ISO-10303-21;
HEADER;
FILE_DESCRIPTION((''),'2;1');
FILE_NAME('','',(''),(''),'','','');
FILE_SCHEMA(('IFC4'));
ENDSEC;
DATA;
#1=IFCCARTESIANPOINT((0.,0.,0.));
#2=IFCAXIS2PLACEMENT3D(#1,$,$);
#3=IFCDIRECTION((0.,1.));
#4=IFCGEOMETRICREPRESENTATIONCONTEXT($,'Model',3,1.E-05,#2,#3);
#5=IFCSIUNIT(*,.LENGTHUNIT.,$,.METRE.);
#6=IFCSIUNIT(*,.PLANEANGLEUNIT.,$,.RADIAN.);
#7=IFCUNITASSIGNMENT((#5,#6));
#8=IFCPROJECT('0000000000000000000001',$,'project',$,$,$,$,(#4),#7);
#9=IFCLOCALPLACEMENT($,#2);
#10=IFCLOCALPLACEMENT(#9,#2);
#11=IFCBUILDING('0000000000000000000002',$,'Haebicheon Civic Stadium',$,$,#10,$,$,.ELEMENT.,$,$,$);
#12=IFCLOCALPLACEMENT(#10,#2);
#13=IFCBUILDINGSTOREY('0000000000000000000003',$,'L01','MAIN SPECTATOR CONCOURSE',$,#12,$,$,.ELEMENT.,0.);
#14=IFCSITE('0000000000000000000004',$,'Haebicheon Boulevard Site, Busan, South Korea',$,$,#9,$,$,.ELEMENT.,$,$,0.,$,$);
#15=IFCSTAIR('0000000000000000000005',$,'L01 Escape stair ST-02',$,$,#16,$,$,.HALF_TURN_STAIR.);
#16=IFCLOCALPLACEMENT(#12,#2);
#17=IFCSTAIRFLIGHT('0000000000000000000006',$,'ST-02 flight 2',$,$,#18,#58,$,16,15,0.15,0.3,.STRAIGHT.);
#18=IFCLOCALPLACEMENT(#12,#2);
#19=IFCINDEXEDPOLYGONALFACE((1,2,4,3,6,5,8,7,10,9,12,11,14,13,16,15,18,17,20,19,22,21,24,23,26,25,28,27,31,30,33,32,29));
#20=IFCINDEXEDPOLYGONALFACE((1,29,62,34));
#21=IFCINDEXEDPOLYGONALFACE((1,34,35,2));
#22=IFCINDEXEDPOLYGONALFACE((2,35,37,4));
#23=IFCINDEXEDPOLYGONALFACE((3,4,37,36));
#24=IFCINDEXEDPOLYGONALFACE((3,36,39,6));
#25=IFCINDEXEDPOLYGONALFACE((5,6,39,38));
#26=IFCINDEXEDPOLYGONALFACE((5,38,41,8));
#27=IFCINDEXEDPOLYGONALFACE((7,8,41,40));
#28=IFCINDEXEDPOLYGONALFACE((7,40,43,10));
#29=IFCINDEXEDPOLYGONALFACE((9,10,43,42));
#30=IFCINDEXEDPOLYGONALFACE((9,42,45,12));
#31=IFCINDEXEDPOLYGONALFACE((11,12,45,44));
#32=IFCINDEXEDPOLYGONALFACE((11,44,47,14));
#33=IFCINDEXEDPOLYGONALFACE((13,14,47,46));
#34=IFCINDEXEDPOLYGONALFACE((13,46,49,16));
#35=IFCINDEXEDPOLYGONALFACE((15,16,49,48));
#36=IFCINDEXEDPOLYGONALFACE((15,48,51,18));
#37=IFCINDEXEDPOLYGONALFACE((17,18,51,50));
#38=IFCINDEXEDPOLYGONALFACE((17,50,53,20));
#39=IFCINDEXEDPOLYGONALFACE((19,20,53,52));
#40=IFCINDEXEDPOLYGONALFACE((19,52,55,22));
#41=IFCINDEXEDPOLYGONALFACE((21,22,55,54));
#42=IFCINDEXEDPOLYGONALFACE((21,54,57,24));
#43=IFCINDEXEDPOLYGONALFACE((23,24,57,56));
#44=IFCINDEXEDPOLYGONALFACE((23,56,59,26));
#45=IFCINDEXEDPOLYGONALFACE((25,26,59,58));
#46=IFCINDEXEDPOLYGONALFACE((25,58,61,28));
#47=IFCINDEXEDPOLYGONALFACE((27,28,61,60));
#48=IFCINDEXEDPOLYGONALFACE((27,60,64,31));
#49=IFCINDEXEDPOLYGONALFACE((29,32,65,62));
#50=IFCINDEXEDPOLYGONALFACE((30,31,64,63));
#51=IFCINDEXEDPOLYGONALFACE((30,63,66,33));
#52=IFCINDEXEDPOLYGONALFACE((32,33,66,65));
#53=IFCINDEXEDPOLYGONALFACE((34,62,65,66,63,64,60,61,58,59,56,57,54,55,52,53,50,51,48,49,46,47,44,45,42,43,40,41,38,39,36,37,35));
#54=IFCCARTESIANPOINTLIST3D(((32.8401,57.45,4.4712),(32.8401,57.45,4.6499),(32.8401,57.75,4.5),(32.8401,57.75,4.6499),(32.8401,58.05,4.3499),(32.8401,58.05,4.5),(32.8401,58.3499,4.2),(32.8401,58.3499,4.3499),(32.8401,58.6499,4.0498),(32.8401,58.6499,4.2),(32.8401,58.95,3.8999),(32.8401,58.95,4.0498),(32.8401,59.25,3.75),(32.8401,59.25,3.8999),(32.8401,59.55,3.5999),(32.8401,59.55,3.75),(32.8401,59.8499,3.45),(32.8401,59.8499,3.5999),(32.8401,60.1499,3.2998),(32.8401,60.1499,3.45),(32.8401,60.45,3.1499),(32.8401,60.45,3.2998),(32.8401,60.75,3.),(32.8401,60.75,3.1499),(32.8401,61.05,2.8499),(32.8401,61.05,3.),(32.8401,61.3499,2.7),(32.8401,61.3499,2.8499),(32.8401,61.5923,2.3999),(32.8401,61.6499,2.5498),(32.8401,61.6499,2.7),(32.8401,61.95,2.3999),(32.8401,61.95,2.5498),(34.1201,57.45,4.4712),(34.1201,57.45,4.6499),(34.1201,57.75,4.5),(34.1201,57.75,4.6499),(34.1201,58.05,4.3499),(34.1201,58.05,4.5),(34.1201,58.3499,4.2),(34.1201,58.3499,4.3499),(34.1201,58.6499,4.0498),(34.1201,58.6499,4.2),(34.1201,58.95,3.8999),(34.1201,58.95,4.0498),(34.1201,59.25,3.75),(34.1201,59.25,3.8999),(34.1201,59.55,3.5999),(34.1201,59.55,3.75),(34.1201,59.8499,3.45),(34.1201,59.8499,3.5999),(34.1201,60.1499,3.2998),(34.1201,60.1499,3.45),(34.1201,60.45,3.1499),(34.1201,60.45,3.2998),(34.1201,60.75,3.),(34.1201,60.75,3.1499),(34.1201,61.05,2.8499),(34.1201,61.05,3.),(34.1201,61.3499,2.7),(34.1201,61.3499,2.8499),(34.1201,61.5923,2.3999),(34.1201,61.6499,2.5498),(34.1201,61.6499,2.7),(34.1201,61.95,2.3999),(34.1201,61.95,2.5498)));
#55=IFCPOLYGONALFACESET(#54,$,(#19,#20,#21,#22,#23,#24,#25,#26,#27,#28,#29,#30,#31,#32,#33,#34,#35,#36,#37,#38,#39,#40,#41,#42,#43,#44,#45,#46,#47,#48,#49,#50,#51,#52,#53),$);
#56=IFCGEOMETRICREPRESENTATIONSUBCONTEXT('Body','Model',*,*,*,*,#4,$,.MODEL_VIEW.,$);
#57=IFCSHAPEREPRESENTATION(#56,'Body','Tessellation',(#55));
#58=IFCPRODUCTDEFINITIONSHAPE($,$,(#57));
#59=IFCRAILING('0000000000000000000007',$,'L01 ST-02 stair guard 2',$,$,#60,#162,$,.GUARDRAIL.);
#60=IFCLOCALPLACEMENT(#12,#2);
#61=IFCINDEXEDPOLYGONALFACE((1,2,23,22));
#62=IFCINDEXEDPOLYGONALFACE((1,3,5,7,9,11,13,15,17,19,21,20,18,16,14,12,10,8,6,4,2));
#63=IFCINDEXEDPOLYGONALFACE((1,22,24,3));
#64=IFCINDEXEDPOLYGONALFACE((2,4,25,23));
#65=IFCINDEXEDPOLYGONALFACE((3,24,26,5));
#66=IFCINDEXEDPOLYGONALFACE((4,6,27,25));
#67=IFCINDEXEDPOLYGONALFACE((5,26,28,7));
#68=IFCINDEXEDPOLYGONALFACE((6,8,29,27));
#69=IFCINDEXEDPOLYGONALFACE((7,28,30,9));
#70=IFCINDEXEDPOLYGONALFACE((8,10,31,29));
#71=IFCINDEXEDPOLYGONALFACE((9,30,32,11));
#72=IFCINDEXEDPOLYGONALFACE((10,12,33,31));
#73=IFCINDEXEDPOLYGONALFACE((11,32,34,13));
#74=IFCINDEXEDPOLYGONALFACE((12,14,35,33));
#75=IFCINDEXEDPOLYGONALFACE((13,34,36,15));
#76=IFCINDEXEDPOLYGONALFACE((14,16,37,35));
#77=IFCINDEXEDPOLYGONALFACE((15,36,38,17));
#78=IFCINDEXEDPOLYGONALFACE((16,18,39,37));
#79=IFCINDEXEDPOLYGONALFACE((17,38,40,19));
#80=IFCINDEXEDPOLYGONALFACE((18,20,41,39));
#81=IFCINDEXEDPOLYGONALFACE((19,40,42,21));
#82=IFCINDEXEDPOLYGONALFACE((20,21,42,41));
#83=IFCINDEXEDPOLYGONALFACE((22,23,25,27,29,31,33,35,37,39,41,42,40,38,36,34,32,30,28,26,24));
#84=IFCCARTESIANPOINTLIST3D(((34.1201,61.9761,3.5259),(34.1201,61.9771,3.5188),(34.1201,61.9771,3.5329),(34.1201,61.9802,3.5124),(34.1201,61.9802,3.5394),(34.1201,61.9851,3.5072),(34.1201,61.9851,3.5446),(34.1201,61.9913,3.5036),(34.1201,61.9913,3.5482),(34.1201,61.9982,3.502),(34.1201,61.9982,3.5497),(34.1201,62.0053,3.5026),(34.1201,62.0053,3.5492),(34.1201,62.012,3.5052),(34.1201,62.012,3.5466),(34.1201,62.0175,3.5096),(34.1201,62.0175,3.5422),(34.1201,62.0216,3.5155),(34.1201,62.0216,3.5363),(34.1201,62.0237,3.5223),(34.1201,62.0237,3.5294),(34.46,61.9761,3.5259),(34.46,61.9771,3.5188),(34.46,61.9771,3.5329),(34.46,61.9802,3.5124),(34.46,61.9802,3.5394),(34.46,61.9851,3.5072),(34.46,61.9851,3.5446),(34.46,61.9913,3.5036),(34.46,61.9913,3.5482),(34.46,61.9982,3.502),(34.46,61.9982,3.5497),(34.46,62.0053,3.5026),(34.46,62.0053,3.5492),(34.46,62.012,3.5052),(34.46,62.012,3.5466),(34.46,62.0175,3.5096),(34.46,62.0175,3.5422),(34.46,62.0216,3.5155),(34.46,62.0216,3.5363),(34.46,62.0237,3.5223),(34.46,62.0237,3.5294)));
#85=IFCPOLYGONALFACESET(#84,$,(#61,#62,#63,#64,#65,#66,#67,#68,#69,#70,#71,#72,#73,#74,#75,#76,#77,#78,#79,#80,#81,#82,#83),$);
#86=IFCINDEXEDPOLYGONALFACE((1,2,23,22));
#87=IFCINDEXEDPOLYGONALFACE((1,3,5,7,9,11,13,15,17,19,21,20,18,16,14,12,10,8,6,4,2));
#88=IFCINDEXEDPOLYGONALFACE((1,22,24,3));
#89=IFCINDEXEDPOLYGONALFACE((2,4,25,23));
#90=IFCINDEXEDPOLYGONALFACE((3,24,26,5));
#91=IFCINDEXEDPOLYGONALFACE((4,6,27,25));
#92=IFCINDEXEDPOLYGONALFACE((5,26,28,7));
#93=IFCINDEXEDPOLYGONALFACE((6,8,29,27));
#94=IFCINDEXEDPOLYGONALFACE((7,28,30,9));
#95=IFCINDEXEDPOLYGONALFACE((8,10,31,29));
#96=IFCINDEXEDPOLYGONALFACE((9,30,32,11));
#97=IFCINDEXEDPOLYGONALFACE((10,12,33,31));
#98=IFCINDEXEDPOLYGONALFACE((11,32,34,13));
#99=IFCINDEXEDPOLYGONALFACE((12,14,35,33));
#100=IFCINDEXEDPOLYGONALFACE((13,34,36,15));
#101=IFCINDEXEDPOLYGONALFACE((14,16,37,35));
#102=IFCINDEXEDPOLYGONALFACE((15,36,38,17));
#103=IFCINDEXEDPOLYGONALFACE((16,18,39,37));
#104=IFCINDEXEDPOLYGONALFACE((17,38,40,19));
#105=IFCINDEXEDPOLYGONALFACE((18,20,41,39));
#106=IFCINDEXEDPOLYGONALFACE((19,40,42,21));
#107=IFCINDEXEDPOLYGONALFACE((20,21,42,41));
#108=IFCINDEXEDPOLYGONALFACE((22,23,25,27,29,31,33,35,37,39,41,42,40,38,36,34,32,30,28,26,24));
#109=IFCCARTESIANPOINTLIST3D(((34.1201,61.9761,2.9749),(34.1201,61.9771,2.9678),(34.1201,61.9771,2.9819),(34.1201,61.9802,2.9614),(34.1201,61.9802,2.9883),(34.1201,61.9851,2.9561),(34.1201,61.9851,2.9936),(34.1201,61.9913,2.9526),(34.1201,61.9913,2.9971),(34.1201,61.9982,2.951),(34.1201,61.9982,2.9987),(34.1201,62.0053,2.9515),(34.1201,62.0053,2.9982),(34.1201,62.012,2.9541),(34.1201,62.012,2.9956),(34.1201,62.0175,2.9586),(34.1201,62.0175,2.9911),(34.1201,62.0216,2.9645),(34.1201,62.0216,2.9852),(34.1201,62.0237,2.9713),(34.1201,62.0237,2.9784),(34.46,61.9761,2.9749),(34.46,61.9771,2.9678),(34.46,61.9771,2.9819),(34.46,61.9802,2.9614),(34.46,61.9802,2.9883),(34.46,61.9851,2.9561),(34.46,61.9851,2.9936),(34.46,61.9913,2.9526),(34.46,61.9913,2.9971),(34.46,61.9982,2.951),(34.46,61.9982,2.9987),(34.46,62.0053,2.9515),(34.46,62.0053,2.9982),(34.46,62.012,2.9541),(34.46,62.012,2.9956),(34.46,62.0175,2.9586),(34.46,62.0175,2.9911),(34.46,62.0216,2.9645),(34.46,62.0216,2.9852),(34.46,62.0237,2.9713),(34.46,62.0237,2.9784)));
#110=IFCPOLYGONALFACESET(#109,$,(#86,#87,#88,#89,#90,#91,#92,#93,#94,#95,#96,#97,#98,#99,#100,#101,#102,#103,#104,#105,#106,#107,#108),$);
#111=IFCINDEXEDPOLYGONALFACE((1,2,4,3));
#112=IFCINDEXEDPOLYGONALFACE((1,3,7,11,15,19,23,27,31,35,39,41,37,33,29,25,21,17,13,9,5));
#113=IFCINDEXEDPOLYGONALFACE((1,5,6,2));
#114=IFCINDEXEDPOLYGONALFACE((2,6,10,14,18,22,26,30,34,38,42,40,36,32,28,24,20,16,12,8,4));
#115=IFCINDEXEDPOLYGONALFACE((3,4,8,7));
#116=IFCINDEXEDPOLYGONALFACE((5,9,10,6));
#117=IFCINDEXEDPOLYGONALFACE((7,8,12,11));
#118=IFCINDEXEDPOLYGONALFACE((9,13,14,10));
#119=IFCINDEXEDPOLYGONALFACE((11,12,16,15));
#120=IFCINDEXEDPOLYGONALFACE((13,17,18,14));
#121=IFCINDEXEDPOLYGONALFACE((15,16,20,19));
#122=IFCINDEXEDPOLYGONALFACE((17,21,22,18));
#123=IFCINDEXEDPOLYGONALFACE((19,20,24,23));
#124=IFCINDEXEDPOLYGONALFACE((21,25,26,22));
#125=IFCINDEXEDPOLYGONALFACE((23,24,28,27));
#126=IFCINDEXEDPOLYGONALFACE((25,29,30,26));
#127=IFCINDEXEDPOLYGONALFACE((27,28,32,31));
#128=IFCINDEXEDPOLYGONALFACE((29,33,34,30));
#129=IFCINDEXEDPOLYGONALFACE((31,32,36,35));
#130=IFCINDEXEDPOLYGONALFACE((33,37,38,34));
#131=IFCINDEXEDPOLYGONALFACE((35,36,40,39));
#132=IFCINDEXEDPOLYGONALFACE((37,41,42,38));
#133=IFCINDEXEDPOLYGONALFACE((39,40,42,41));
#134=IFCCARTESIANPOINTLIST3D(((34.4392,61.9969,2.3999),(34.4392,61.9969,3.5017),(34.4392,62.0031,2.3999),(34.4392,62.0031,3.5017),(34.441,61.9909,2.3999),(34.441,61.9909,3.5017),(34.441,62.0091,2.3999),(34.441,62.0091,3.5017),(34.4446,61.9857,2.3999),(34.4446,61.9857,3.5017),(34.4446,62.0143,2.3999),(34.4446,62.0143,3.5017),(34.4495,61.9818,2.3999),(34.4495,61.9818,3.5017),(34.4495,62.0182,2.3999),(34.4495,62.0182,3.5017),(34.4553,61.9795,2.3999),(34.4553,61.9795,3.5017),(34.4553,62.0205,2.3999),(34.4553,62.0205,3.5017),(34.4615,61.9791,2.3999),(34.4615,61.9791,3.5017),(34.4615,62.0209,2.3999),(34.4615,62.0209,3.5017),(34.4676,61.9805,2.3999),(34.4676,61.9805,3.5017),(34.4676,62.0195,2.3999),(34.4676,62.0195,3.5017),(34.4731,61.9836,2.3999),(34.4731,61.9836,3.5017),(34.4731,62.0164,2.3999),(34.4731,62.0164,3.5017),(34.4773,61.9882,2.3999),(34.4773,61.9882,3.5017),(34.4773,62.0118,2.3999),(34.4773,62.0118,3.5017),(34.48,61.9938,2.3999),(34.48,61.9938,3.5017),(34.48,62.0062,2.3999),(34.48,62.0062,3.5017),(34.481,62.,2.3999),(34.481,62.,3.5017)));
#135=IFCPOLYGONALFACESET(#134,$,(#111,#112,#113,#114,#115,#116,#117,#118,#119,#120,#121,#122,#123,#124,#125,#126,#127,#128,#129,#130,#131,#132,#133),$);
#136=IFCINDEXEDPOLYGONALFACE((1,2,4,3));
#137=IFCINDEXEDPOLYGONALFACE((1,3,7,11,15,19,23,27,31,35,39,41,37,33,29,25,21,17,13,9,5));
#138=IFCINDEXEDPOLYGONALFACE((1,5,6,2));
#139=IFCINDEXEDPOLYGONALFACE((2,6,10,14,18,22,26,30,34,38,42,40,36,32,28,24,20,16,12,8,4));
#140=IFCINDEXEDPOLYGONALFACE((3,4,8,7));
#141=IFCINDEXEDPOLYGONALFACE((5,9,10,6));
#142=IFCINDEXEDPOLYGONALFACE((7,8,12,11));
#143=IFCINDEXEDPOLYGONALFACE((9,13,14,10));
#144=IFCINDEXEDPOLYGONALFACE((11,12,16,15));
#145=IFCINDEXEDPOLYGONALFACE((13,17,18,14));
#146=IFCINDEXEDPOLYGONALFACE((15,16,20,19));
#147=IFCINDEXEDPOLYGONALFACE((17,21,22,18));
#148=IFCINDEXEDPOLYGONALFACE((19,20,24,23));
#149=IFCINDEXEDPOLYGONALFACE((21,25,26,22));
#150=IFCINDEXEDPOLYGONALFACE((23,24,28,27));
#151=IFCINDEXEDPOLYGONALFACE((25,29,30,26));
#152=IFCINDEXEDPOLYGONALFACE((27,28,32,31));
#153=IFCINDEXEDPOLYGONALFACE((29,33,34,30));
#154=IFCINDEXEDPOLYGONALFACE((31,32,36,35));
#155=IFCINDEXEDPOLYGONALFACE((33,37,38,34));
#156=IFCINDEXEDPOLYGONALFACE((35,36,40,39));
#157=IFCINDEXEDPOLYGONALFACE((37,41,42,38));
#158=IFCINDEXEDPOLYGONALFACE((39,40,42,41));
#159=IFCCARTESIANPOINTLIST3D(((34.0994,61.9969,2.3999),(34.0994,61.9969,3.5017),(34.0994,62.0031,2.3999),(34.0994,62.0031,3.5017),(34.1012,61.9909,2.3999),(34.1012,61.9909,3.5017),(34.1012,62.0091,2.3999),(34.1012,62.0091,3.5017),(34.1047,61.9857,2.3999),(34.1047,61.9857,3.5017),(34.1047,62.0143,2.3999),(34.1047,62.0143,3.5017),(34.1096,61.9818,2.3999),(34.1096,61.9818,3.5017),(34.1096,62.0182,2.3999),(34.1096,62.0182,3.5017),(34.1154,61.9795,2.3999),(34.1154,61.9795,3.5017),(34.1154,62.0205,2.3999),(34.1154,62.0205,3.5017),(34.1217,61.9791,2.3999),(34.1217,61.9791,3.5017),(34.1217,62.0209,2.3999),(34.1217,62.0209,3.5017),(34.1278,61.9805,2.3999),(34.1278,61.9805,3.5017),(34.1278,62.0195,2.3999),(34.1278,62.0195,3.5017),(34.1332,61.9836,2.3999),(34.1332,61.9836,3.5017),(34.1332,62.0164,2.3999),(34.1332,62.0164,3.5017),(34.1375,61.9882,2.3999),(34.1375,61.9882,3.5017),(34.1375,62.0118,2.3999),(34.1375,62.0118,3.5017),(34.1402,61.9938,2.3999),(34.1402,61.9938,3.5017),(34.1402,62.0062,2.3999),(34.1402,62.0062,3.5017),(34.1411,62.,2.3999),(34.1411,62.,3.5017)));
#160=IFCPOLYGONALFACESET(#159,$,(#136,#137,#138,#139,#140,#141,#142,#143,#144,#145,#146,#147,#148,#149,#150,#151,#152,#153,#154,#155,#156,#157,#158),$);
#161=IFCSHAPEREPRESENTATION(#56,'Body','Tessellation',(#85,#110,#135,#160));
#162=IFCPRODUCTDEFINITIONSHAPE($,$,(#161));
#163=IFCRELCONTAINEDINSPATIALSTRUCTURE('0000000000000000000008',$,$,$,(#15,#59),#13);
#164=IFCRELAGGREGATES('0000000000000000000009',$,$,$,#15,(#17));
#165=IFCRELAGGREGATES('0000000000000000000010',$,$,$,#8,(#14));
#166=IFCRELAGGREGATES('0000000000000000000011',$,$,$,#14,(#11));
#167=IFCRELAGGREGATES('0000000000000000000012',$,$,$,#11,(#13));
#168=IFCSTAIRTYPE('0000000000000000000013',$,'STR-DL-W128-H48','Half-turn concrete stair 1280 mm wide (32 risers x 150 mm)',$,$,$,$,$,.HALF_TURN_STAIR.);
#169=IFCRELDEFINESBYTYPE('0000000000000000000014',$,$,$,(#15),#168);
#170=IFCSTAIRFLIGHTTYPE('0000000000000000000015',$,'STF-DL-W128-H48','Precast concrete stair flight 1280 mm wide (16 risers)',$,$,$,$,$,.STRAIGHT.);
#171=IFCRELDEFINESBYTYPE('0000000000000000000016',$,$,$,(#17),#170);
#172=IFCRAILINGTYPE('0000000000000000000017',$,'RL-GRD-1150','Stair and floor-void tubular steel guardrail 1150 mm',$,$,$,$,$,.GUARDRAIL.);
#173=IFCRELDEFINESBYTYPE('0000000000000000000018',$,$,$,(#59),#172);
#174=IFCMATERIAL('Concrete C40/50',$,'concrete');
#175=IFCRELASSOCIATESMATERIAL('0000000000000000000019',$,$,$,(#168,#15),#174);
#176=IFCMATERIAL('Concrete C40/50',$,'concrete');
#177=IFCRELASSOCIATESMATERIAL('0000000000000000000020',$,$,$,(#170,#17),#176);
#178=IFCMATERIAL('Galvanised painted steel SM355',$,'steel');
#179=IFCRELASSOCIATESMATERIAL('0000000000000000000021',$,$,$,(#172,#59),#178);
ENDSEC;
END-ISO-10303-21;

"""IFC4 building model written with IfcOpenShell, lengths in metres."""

from ifc_helpers import new_model, si_unit, direction, frame, origin, origin_2d, place, context, subcontext, project, spatial, polyline, circle, outline, extrude, material, type_object, element, aggregate, save


model = new_model("IFC4")

# Units and contexts
model_context = context("Model", 3, precision=1e-05, world=origin(), true_north=direction((0.0, 1.0)))
body_context = subcontext(model_context, "Body", "Model", "MODEL_VIEW")
ifc_project = project(units=[si_unit("LENGTHUNIT", "METRE"), si_unit("PLANEANGLEUNIT", "RADIAN")], contexts=[model_context])

# Site, building, storey
site_placement = place(None, origin())
site = spatial("IfcSite", under=ifc_project, at=site_placement, Name="Haebicheon Boulevard Site, Busan, South Korea", CompositionType="ELEMENT", RefElevation=0.0)
building_placement = place(site_placement, origin())
building = spatial("IfcBuilding", under=site, at=building_placement, Name="Haebicheon Civic Stadium", CompositionType="ELEMENT")
storey_placement = place(building_placement, origin())
storey = spatial("IfcBuildingStorey", under=building, at=storey_placement, Name="L01", Description="MAIN SPECTATOR CONCOURSE", CompositionType="ELEMENT", Elevation=0.0)

# Stair, stair flight
ifc_material_1 = material(Name="Concrete C40/50", Category="concrete")
stair_type = type_object("IfcStairType", Name="STR-DL-W128-H48", Description="Half-turn concrete stair 1280 mm wide (32 risers x 150 mm)", PredefinedType="HALF_TURN_STAIR", material=ifc_material_1)
stair_placement = place(storey_placement, origin())
stair = element("IfcStair", 1, at=stair_placement, inside=storey, type_object=stair_type, material=ifc_material_1, Name="L01 Escape stair ST-02", PredefinedType="HALF_TURN_STAIR")
ifc_material_2 = material(Name="Concrete C40/50", Category="concrete")
stair_flight_type = type_object("IfcStairFlightType", Name="STF-DL-W128-H48", Description="Precast concrete stair flight 1280 mm wide (16 risers)", PredefinedType="STRAIGHT", material=ifc_material_2)
stair_flight_placement = place(storey_placement, frame((33.48, 61.95, 2.3999), z_axis=(0.0, 0.0, 1.0), x_axis=(0.0, -1.0, 0.0)))
stair_flight = element("IfcStairFlight", 2, at=stair_flight_placement, type_object=stair_flight_type, material=ifc_material_2, Name="ST-02 flight 2", NumberOfRisers=16, NumberOfTreads=15, PredefinedType="STRAIGHT", RiserHeight=0.15, TreadLength=0.3, context=body_context, shape_type="SweptSolid", body=[
    extrude(outline(polyline([(0.0, 0.0), (0.0, 0.1499), (0.3, 0.1499), (0.3, 0.3), (0.6001, 0.3), (0.6001, 0.45), (0.8999, 0.45), (0.8999, 0.6001), (1.2, 0.6001), (1.2, 0.75), (1.5, 0.75), (1.5, 0.8999), (1.8, 0.8999), (1.8, 1.05), (2.1001, 1.05), (2.1001, 1.2), (2.3999, 1.2), (2.3999, 1.3501), (2.7, 1.3501), (2.7, 1.5), (3.0, 1.5), (3.0, 1.6499), (3.3, 1.6499), (3.3, 1.8), (3.6001, 1.8), (3.6001, 1.95), (3.8999, 1.95), (3.8999, 2.1001), (4.2, 2.1001), (4.2, 2.25), (4.5, 2.25), (4.5, 2.3999), (4.5, 2.0713), (0.3577, 0.0), (0.0, 0.0)])), frame((0.0, 0.6401, 0.0), z_axis=(0.0, -1.0, 0.0), x_axis=(1.0, 0.0, 0.0)), (0.0, 0.0, 1.0), 1.28),
])
aggregate(stair, [stair_flight])

# Railing
ifc_material_3 = material(Name="Galvanised painted steel SM355", Category="steel")
railing_type_1 = type_object("IfcRailingType", Name="RL-GRD-1150", Description="Stair and floor-void tubular steel guardrail 1150 mm", PredefinedType="GUARDRAIL", material=ifc_material_3)
railing_1_placement = place(storey_placement, frame((34.46, 62.0, 2.3999)))
element("IfcRailing", 3, at=railing_1_placement, inside=storey, type_object=railing_type_1, material=ifc_material_3, Name="L01 ST-02 stair guard 2", PredefinedType="GUARDRAIL", context=body_context, shape_type="SweptSolid", body=[
    extrude(circle(Radius=0.0239, at=origin_2d()), frame((0.0, 0.0, 1.126), z_axis=(-1.0, 0.0, 0.0), x_axis=(0.0, -1.0, 0.0)), (0.0, 0.0, 1.0), 0.3398),
    extrude(circle(Radius=0.0239, at=origin_2d()), frame((0.0, 0.0, 0.575), z_axis=(-1.0, 0.0, 0.0), x_axis=(0.0, -1.0, 0.0)), (0.0, 0.0, 1.0), 0.3398),
    extrude(circle(Radius=0.021, at=origin_2d()), origin(), (0.0, 0.0, 1.0), 1.1018),
    extrude(circle(Radius=0.021, at=origin_2d()), frame((-0.3398, 0.0, 0.0)), (0.0, 0.0, 1.0), 1.1018),
])

save(model, "model.ifc")
